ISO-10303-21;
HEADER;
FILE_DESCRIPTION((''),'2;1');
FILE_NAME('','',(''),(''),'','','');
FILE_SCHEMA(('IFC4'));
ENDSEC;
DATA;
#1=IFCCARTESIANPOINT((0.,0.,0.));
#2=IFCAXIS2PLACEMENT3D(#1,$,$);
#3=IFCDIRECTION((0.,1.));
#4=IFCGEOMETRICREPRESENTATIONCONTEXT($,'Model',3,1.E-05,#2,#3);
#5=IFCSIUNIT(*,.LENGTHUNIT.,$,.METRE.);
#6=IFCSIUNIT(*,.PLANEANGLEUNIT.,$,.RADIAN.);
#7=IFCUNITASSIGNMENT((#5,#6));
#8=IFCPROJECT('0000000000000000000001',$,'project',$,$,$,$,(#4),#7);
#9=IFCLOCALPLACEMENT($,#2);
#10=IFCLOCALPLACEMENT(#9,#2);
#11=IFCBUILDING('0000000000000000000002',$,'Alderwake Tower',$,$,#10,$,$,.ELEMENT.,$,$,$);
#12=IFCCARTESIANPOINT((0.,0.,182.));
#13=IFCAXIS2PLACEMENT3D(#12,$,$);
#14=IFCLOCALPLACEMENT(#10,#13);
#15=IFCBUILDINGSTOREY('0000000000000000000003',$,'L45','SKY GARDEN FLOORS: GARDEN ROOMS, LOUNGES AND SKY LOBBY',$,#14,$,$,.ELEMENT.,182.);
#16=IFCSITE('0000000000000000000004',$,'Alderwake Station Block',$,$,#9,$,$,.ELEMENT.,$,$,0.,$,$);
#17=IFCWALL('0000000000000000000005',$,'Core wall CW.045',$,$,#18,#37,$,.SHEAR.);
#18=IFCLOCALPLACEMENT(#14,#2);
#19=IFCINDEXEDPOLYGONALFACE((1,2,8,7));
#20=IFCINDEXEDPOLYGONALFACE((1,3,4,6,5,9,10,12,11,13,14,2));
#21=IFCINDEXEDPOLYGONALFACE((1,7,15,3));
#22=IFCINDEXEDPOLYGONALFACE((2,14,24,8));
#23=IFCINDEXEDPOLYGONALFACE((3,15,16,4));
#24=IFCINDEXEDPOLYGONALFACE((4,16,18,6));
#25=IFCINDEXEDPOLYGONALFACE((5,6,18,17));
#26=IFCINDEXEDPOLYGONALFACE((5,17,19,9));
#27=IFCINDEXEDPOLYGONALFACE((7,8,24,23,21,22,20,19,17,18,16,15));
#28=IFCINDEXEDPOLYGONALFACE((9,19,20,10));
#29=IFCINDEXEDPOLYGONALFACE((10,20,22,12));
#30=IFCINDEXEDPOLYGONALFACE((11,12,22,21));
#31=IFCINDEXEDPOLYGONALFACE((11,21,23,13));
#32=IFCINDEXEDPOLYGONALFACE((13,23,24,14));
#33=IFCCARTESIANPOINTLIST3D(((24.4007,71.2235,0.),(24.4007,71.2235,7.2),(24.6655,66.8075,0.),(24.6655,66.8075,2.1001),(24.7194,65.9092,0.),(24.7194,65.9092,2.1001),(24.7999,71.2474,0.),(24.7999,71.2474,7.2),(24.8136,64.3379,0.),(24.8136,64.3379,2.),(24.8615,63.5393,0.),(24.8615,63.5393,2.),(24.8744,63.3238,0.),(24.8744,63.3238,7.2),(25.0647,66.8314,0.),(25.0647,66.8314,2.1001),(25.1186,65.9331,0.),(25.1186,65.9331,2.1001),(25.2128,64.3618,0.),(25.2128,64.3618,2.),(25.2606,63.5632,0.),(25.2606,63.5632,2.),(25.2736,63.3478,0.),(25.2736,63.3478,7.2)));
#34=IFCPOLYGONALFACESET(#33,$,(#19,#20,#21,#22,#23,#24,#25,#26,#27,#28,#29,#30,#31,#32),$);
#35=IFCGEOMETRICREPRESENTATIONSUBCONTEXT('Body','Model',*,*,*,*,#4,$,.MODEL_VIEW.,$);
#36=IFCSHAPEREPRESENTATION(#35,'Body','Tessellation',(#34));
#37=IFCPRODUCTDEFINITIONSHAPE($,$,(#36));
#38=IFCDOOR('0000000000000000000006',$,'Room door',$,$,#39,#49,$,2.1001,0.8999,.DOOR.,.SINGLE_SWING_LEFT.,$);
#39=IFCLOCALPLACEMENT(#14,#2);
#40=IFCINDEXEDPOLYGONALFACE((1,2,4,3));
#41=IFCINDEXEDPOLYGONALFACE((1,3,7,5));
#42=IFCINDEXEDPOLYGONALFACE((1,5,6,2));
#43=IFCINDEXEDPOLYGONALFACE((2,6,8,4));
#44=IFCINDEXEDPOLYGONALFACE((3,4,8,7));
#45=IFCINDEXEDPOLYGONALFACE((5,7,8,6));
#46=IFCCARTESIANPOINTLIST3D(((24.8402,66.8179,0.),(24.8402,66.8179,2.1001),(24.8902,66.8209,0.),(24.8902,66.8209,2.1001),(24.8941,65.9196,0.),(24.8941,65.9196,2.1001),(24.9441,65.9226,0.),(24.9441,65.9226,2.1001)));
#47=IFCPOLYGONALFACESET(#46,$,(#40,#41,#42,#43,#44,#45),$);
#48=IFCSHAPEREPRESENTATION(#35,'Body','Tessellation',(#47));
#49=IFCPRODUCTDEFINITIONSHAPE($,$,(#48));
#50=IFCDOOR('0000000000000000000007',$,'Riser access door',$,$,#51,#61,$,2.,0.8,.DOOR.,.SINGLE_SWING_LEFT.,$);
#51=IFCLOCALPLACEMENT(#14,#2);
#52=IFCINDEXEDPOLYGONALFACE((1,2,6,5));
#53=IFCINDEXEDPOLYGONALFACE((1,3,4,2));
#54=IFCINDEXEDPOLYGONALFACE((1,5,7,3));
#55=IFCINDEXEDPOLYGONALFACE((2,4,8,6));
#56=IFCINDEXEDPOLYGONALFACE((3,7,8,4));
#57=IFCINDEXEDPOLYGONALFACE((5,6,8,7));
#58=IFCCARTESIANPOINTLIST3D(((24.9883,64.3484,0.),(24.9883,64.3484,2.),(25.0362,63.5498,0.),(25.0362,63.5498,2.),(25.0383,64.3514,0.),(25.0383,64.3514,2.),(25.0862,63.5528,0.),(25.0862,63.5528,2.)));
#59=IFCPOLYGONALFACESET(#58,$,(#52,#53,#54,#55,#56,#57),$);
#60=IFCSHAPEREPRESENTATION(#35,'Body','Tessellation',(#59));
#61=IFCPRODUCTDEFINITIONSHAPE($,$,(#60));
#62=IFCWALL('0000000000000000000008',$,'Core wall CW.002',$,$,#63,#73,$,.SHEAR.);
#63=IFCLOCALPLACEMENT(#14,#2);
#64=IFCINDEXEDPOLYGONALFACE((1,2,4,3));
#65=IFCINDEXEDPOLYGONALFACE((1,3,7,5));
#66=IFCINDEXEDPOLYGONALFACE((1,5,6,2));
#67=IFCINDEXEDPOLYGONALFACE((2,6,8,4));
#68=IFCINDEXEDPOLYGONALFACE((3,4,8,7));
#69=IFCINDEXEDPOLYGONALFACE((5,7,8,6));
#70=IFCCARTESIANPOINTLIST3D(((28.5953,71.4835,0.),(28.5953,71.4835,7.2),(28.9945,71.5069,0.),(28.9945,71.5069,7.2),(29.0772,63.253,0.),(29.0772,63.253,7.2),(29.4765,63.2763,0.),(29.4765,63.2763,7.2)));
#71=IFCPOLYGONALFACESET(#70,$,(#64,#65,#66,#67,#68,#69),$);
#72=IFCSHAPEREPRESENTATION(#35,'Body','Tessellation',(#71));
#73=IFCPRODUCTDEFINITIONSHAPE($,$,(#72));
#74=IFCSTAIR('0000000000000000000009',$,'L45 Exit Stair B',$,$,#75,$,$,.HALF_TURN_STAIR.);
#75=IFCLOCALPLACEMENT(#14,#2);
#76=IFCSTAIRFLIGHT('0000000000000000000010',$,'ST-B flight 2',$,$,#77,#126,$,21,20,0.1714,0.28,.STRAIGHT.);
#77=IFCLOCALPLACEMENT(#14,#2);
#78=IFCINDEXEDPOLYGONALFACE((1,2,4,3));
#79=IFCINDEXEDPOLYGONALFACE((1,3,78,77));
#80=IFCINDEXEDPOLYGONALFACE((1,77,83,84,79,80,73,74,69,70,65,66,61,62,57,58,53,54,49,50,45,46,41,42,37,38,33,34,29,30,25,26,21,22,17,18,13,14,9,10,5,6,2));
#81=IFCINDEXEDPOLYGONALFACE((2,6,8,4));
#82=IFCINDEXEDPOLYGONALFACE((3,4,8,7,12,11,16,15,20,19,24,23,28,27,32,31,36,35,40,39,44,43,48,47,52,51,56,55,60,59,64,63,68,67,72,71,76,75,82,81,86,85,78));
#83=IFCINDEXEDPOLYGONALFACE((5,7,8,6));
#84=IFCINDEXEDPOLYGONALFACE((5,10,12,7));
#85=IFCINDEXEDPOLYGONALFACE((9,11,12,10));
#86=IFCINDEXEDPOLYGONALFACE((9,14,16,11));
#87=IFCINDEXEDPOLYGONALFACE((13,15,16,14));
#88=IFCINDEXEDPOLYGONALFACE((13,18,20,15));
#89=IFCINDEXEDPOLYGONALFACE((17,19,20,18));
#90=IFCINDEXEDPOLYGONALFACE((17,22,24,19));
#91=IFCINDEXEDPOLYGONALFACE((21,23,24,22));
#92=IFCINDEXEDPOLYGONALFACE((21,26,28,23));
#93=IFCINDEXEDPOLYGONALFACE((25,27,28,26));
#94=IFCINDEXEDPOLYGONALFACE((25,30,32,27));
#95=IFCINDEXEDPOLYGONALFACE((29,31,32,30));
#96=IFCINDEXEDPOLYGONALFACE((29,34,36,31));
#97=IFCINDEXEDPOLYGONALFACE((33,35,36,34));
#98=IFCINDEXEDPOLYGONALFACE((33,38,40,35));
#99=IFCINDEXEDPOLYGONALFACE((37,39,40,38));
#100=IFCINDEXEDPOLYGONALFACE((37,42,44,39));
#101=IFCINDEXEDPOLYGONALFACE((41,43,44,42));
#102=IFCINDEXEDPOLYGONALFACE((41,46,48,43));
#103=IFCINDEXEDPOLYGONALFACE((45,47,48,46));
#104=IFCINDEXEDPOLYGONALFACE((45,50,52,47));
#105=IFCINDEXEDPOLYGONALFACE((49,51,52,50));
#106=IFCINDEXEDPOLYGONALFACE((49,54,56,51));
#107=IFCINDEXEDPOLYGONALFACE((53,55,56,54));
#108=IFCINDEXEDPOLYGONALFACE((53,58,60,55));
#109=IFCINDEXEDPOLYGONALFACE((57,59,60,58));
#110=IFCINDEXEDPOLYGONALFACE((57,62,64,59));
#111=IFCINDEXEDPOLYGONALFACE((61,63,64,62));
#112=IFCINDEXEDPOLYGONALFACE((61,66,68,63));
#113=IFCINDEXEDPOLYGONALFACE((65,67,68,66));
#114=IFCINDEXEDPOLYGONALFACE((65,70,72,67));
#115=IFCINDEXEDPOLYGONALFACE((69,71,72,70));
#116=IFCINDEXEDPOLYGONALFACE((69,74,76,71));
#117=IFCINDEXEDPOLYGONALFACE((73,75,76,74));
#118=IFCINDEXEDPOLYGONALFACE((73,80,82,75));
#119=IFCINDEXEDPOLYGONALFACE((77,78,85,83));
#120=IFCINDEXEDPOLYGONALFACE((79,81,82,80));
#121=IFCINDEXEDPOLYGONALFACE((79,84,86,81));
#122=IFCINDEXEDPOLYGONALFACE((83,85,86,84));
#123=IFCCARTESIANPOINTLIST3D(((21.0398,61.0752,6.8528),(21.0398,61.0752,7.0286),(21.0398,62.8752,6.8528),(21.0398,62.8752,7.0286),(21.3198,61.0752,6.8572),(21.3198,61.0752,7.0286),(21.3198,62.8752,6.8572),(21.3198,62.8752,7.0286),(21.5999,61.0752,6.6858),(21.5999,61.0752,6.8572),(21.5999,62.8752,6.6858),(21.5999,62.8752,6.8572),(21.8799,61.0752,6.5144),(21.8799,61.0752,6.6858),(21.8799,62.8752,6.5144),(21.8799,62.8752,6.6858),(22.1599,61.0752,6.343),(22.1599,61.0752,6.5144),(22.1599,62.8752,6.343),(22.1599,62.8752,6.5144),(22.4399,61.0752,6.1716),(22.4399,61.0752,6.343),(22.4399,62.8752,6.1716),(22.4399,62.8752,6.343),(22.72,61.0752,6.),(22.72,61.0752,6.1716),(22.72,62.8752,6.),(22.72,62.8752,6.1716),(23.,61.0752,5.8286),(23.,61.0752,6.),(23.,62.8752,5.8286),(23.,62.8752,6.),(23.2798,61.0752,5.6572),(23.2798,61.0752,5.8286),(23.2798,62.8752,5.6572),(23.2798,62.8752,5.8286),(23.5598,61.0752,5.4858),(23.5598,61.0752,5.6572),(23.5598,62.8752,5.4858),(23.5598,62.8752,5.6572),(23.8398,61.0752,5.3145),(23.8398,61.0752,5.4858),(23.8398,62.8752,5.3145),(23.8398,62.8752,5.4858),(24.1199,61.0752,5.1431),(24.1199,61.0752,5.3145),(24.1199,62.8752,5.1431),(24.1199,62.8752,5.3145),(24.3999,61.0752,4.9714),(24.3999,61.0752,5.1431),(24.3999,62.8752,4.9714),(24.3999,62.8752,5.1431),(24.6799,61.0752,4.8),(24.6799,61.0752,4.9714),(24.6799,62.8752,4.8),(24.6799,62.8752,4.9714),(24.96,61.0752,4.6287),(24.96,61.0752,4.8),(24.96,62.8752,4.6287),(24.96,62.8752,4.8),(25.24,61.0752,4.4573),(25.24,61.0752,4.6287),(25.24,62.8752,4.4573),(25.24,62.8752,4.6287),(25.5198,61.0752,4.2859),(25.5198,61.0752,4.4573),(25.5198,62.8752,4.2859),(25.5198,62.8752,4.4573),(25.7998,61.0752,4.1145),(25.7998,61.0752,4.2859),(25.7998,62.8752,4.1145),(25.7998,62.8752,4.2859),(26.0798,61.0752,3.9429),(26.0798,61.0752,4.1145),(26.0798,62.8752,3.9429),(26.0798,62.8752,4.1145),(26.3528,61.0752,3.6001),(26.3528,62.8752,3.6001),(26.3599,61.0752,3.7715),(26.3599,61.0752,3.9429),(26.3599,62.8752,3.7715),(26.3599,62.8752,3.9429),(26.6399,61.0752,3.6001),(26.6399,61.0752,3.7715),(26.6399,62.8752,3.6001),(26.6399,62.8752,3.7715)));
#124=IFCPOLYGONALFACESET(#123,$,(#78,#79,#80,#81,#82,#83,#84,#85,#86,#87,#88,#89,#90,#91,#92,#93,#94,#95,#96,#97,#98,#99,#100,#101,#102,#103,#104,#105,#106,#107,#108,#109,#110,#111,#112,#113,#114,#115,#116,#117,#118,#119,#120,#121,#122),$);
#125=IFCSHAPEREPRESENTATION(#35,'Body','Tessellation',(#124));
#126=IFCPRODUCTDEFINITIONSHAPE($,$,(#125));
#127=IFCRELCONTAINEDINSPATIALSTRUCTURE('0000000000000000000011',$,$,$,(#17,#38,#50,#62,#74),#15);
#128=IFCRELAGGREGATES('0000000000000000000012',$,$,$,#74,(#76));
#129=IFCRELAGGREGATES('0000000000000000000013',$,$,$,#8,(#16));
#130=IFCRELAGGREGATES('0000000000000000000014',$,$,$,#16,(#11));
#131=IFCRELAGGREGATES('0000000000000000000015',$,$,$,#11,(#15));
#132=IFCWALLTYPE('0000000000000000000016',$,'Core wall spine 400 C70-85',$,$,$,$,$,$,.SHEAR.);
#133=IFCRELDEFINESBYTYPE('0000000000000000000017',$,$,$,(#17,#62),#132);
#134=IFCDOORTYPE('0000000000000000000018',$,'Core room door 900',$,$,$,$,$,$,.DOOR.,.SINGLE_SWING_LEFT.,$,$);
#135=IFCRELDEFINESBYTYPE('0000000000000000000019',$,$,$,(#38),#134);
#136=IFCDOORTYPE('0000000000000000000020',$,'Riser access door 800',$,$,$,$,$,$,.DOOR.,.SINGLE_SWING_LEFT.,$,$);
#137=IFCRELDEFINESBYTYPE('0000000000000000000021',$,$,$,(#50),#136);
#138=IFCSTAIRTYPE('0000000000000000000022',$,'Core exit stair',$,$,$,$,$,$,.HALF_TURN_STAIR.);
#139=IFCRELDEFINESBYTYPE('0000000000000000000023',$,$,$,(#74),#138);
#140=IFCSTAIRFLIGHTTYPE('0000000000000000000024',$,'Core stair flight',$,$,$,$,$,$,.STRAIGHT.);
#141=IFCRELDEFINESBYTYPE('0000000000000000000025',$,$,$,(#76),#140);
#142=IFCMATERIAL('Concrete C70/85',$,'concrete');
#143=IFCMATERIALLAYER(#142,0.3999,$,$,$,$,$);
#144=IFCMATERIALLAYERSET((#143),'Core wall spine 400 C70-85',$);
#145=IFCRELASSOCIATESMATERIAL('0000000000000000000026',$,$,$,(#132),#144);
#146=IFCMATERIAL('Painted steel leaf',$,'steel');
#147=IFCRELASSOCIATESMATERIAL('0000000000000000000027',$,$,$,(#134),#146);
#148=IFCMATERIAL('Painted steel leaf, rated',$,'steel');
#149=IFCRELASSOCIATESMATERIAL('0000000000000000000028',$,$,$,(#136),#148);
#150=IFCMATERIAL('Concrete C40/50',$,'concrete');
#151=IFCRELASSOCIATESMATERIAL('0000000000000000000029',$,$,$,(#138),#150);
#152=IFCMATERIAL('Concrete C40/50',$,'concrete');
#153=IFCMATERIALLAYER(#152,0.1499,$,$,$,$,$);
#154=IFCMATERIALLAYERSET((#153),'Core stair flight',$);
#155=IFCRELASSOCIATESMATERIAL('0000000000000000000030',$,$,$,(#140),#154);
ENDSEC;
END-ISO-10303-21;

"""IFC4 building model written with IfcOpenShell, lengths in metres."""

from ifc_helpers import new_model, si_unit, direction, frame, frame_2d, origin, place, context, subcontext, project, spatial, polyline, rectangle, outline, extrude, material, layer, layer_set, type_object, element, fill, aggregate, save


model = new_model("IFC4")

# Units and contexts
model_context = context("Model", 3, precision=1e-05, world=origin(), true_north=direction((0.0, 1.0)))
body_context = subcontext(model_context, "Body", "Model", "MODEL_VIEW")
ifc_project = project(units=[si_unit("LENGTHUNIT", "METRE"), si_unit("PLANEANGLEUNIT", "RADIAN")], contexts=[model_context])

# Site, building, storey
site_placement = place(None, origin())
site = spatial("IfcSite", under=ifc_project, at=site_placement, Name="Alderwake Station Block", CompositionType="ELEMENT", RefElevation=0.0)
building_placement = place(site_placement, origin())
building = spatial("IfcBuilding", under=site, at=building_placement, Name="Alderwake Tower", CompositionType="ELEMENT")
storey_placement = place(building_placement, frame((0.0, 0.0, 182.0)))
storey = spatial("IfcBuildingStorey", under=building, at=storey_placement, Name="L45", Description="SKY GARDEN FLOORS: GARDEN ROOMS, LOUNGES AND SKY LOBBY", CompositionType="ELEMENT", Elevation=182.0)

# Wall, openings, doors
ifc_material_1 = material(Name="Concrete C70/85", Category="concrete")
ifc_layer_1 = layer(ifc_material_1, 0.3999)
ifc_layer_set_1 = layer_set([ifc_layer_1], Name="Core wall spine 400 C70-85")
wall_type_1 = type_object("IfcWallType", Name="Core wall spine 400 C70-85", PredefinedType="SHEAR", material=ifc_layer_set_1)
wall_1_placement = place(storey_placement, frame((25.074, 63.3357, 0.0), z_axis=(0.0, 0.0, 1.0), x_axis=(-0.059849, 0.998207, 0.0)))
wall_1 = element("IfcWall", 1, at=wall_1_placement, inside=storey, type_object=wall_type_1, Name="Core wall CW.045", PredefinedType="SHEAR", context=body_context, shape_type="SweptSolid", body=[
    extrude(rectangle(XDim=7.9138, YDim=0.3999, at=frame_2d((3.957, 0.0))), origin(), (0.0, 0.0, 1.0), 7.2),
])
opening_1_placement = place(wall_1_placement, frame((0.2161, 0.0, 0.0)))
opening_1 = element("IfcOpeningElement", 2, at=opening_1_placement, cuts=wall_1, PredefinedType="OPENING", context=body_context, shape_type="SweptSolid", body=[
    extrude(rectangle(XDim=0.8, YDim=2.0, at=frame_2d((0.3999, 1.0))), frame((0.0, 0.21, 0.0), z_axis=(0.0, -1.0, 0.0), x_axis=(1.0, 0.0, 0.0)), (0.0, 0.0, 1.0), 0.4199),
])
opening_2_placement = place(wall_1_placement, frame((2.5901, 0.0, 0.0)))
opening_2 = element("IfcOpeningElement", 3, at=opening_2_placement, cuts=wall_1, PredefinedType="OPENING", context=body_context, shape_type="SweptSolid", body=[
    extrude(rectangle(XDim=0.8999, YDim=2.1001, at=frame_2d((0.45, 1.05))), frame((0.0, 0.21, 0.0), z_axis=(0.0, -1.0, 0.0), x_axis=(1.0, 0.0, 0.0)), (0.0, 0.0, 1.0), 0.4199),
])
ifc_material_2 = material(Name="Painted steel leaf", Category="steel")
door_type_1 = type_object("IfcDoorType", Name="Core room door 900", OperationType="SINGLE_SWING_LEFT", PredefinedType="DOOR", material=ifc_material_2)
door_1_placement = place(opening_2_placement, origin())
door_1 = element("IfcDoor", 4, at=door_1_placement, inside=storey, type_object=door_type_1, Name="Room door", OperationType="SINGLE_SWING_LEFT", OverallHeight=2.1001, OverallWidth=0.8999, PredefinedType="DOOR", context=body_context, shape_type="SweptSolid", body=[
    extrude(rectangle(XDim=0.8999, YDim=2.1001, at=frame_2d((0.45, 1.05))), frame((0.0, 0.0249, 0.0), z_axis=(0.0, -1.0, 0.0), x_axis=(1.0, 0.0, 0.0)), (0.0, 0.0, 1.0), 0.05),
])
fill(opening_2, door_1)
ifc_material_3 = material(Name="Painted steel leaf, rated", Category="steel")
door_type_2 = type_object("IfcDoorType", Name="Riser access door 800", OperationType="SINGLE_SWING_LEFT", PredefinedType="DOOR", material=ifc_material_3)
door_2_placement = place(opening_1_placement, origin())
door_2 = element("IfcDoor", 5, at=door_2_placement, inside=storey, type_object=door_type_2, Name="Riser access door", OperationType="SINGLE_SWING_LEFT", OverallHeight=2.0, OverallWidth=0.8, PredefinedType="DOOR", context=body_context, shape_type="SweptSolid", body=[
    extrude(rectangle(XDim=0.8, YDim=2.0, at=frame_2d((0.3999, 1.0))), frame((0.0, 0.0249, 0.0), z_axis=(0.0, -1.0, 0.0), x_axis=(1.0, 0.0, 0.0)), (0.0, 0.0, 1.0), 0.05),
])
fill(opening_1, door_2)

# Wall
wall_2_placement = place(storey_placement, frame((29.2769, 63.2646, 0.0), z_axis=(0.0, 0.0, 1.0), x_axis=(-0.058455, 0.99829, 0.0)))
element("IfcWall", 6, at=wall_2_placement, inside=storey, type_object=wall_type_1, Name="Core wall CW.002", PredefinedType="SHEAR", context=body_context, shape_type="SweptSolid", body=[
    extrude(rectangle(XDim=8.2446, YDim=0.3999, at=frame_2d((4.1223, 0.0))), origin(), (0.0, 0.0, 1.0), 7.2),
])

# Stair, stair flight
ifc_material_4 = material(Name="Concrete C40/50", Category="concrete")
stair_type = type_object("IfcStairType", Name="Core exit stair", PredefinedType="HALF_TURN_STAIR", material=ifc_material_4)
stair_placement = place(storey_placement, origin())
stair = element("IfcStair", 7, at=stair_placement, inside=storey, type_object=stair_type, Name="L45 Exit Stair B", PredefinedType="HALF_TURN_STAIR")
ifc_material_5 = material(Name="Concrete C40/50", Category="concrete")
ifc_layer_2 = layer(ifc_material_5, 0.1499)
ifc_layer_set_2 = layer_set([ifc_layer_2], Name="Core stair flight")
stair_flight_type = type_object("IfcStairFlightType", Name="Core stair flight", PredefinedType="STRAIGHT", material=ifc_layer_set_2)
stair_flight_placement = place(storey_placement, frame((26.6399, 61.9751, 3.6001), z_axis=(0.0, 0.0, 1.0), x_axis=(-1.0, 0.0, 0.0)))
stair_flight = element("IfcStairFlight", 8, at=stair_flight_placement, type_object=stair_flight_type, Name="ST-B flight 2", NumberOfRisers=21, NumberOfTreads=20, PredefinedType="STRAIGHT", RiserHeight=0.1714, TreadLength=0.28, context=body_context, shape_type="SweptSolid", body=[
    extrude(outline(polyline([(0.0, 0.0), (0.0, 0.1714), (0.28, 0.1714), (0.28, 0.3428), (0.5601, 0.3428), (0.5601, 0.5144), (0.8401, 0.5144), (0.8401, 0.6858), (1.1201, 0.6858), (1.1201, 0.8572), (1.3999, 0.8572), (1.3999, 1.0286), (1.6799, 1.0286), (1.6799, 1.2), (1.96, 1.2), (1.96, 1.3713), (2.24, 1.3713), (2.24, 1.543), (2.52, 1.543), (2.52, 1.7144), (2.8, 1.7144), (2.8, 1.8857), (3.0801, 1.8857), (3.0801, 2.0571), (3.3601, 2.0571), (3.3601, 2.2285), (3.6399, 2.2285), (3.6399, 2.3999), (3.9199, 2.3999), (3.9199, 2.5715), (4.2, 2.5715), (4.2, 2.7429), (4.48, 2.7429), (4.48, 2.9143), (4.76, 2.9143), (4.76, 3.0857), (5.04, 3.0857), (5.04, 3.2571), (5.3201, 3.2571), (5.3201, 3.4285), (5.6001, 3.4285), (5.6001, 3.6001), (5.6001, 3.2527), (0.2871, 0.0), (0.0, 0.0)])), frame((0.0, 0.8999, 0.0), z_axis=(0.0, -1.0, 0.0), x_axis=(1.0, 0.0, 0.0)), (0.0, 0.0, 1.0), 1.8),
])
aggregate(stair, [stair_flight])

save(model, "model.ifc")
